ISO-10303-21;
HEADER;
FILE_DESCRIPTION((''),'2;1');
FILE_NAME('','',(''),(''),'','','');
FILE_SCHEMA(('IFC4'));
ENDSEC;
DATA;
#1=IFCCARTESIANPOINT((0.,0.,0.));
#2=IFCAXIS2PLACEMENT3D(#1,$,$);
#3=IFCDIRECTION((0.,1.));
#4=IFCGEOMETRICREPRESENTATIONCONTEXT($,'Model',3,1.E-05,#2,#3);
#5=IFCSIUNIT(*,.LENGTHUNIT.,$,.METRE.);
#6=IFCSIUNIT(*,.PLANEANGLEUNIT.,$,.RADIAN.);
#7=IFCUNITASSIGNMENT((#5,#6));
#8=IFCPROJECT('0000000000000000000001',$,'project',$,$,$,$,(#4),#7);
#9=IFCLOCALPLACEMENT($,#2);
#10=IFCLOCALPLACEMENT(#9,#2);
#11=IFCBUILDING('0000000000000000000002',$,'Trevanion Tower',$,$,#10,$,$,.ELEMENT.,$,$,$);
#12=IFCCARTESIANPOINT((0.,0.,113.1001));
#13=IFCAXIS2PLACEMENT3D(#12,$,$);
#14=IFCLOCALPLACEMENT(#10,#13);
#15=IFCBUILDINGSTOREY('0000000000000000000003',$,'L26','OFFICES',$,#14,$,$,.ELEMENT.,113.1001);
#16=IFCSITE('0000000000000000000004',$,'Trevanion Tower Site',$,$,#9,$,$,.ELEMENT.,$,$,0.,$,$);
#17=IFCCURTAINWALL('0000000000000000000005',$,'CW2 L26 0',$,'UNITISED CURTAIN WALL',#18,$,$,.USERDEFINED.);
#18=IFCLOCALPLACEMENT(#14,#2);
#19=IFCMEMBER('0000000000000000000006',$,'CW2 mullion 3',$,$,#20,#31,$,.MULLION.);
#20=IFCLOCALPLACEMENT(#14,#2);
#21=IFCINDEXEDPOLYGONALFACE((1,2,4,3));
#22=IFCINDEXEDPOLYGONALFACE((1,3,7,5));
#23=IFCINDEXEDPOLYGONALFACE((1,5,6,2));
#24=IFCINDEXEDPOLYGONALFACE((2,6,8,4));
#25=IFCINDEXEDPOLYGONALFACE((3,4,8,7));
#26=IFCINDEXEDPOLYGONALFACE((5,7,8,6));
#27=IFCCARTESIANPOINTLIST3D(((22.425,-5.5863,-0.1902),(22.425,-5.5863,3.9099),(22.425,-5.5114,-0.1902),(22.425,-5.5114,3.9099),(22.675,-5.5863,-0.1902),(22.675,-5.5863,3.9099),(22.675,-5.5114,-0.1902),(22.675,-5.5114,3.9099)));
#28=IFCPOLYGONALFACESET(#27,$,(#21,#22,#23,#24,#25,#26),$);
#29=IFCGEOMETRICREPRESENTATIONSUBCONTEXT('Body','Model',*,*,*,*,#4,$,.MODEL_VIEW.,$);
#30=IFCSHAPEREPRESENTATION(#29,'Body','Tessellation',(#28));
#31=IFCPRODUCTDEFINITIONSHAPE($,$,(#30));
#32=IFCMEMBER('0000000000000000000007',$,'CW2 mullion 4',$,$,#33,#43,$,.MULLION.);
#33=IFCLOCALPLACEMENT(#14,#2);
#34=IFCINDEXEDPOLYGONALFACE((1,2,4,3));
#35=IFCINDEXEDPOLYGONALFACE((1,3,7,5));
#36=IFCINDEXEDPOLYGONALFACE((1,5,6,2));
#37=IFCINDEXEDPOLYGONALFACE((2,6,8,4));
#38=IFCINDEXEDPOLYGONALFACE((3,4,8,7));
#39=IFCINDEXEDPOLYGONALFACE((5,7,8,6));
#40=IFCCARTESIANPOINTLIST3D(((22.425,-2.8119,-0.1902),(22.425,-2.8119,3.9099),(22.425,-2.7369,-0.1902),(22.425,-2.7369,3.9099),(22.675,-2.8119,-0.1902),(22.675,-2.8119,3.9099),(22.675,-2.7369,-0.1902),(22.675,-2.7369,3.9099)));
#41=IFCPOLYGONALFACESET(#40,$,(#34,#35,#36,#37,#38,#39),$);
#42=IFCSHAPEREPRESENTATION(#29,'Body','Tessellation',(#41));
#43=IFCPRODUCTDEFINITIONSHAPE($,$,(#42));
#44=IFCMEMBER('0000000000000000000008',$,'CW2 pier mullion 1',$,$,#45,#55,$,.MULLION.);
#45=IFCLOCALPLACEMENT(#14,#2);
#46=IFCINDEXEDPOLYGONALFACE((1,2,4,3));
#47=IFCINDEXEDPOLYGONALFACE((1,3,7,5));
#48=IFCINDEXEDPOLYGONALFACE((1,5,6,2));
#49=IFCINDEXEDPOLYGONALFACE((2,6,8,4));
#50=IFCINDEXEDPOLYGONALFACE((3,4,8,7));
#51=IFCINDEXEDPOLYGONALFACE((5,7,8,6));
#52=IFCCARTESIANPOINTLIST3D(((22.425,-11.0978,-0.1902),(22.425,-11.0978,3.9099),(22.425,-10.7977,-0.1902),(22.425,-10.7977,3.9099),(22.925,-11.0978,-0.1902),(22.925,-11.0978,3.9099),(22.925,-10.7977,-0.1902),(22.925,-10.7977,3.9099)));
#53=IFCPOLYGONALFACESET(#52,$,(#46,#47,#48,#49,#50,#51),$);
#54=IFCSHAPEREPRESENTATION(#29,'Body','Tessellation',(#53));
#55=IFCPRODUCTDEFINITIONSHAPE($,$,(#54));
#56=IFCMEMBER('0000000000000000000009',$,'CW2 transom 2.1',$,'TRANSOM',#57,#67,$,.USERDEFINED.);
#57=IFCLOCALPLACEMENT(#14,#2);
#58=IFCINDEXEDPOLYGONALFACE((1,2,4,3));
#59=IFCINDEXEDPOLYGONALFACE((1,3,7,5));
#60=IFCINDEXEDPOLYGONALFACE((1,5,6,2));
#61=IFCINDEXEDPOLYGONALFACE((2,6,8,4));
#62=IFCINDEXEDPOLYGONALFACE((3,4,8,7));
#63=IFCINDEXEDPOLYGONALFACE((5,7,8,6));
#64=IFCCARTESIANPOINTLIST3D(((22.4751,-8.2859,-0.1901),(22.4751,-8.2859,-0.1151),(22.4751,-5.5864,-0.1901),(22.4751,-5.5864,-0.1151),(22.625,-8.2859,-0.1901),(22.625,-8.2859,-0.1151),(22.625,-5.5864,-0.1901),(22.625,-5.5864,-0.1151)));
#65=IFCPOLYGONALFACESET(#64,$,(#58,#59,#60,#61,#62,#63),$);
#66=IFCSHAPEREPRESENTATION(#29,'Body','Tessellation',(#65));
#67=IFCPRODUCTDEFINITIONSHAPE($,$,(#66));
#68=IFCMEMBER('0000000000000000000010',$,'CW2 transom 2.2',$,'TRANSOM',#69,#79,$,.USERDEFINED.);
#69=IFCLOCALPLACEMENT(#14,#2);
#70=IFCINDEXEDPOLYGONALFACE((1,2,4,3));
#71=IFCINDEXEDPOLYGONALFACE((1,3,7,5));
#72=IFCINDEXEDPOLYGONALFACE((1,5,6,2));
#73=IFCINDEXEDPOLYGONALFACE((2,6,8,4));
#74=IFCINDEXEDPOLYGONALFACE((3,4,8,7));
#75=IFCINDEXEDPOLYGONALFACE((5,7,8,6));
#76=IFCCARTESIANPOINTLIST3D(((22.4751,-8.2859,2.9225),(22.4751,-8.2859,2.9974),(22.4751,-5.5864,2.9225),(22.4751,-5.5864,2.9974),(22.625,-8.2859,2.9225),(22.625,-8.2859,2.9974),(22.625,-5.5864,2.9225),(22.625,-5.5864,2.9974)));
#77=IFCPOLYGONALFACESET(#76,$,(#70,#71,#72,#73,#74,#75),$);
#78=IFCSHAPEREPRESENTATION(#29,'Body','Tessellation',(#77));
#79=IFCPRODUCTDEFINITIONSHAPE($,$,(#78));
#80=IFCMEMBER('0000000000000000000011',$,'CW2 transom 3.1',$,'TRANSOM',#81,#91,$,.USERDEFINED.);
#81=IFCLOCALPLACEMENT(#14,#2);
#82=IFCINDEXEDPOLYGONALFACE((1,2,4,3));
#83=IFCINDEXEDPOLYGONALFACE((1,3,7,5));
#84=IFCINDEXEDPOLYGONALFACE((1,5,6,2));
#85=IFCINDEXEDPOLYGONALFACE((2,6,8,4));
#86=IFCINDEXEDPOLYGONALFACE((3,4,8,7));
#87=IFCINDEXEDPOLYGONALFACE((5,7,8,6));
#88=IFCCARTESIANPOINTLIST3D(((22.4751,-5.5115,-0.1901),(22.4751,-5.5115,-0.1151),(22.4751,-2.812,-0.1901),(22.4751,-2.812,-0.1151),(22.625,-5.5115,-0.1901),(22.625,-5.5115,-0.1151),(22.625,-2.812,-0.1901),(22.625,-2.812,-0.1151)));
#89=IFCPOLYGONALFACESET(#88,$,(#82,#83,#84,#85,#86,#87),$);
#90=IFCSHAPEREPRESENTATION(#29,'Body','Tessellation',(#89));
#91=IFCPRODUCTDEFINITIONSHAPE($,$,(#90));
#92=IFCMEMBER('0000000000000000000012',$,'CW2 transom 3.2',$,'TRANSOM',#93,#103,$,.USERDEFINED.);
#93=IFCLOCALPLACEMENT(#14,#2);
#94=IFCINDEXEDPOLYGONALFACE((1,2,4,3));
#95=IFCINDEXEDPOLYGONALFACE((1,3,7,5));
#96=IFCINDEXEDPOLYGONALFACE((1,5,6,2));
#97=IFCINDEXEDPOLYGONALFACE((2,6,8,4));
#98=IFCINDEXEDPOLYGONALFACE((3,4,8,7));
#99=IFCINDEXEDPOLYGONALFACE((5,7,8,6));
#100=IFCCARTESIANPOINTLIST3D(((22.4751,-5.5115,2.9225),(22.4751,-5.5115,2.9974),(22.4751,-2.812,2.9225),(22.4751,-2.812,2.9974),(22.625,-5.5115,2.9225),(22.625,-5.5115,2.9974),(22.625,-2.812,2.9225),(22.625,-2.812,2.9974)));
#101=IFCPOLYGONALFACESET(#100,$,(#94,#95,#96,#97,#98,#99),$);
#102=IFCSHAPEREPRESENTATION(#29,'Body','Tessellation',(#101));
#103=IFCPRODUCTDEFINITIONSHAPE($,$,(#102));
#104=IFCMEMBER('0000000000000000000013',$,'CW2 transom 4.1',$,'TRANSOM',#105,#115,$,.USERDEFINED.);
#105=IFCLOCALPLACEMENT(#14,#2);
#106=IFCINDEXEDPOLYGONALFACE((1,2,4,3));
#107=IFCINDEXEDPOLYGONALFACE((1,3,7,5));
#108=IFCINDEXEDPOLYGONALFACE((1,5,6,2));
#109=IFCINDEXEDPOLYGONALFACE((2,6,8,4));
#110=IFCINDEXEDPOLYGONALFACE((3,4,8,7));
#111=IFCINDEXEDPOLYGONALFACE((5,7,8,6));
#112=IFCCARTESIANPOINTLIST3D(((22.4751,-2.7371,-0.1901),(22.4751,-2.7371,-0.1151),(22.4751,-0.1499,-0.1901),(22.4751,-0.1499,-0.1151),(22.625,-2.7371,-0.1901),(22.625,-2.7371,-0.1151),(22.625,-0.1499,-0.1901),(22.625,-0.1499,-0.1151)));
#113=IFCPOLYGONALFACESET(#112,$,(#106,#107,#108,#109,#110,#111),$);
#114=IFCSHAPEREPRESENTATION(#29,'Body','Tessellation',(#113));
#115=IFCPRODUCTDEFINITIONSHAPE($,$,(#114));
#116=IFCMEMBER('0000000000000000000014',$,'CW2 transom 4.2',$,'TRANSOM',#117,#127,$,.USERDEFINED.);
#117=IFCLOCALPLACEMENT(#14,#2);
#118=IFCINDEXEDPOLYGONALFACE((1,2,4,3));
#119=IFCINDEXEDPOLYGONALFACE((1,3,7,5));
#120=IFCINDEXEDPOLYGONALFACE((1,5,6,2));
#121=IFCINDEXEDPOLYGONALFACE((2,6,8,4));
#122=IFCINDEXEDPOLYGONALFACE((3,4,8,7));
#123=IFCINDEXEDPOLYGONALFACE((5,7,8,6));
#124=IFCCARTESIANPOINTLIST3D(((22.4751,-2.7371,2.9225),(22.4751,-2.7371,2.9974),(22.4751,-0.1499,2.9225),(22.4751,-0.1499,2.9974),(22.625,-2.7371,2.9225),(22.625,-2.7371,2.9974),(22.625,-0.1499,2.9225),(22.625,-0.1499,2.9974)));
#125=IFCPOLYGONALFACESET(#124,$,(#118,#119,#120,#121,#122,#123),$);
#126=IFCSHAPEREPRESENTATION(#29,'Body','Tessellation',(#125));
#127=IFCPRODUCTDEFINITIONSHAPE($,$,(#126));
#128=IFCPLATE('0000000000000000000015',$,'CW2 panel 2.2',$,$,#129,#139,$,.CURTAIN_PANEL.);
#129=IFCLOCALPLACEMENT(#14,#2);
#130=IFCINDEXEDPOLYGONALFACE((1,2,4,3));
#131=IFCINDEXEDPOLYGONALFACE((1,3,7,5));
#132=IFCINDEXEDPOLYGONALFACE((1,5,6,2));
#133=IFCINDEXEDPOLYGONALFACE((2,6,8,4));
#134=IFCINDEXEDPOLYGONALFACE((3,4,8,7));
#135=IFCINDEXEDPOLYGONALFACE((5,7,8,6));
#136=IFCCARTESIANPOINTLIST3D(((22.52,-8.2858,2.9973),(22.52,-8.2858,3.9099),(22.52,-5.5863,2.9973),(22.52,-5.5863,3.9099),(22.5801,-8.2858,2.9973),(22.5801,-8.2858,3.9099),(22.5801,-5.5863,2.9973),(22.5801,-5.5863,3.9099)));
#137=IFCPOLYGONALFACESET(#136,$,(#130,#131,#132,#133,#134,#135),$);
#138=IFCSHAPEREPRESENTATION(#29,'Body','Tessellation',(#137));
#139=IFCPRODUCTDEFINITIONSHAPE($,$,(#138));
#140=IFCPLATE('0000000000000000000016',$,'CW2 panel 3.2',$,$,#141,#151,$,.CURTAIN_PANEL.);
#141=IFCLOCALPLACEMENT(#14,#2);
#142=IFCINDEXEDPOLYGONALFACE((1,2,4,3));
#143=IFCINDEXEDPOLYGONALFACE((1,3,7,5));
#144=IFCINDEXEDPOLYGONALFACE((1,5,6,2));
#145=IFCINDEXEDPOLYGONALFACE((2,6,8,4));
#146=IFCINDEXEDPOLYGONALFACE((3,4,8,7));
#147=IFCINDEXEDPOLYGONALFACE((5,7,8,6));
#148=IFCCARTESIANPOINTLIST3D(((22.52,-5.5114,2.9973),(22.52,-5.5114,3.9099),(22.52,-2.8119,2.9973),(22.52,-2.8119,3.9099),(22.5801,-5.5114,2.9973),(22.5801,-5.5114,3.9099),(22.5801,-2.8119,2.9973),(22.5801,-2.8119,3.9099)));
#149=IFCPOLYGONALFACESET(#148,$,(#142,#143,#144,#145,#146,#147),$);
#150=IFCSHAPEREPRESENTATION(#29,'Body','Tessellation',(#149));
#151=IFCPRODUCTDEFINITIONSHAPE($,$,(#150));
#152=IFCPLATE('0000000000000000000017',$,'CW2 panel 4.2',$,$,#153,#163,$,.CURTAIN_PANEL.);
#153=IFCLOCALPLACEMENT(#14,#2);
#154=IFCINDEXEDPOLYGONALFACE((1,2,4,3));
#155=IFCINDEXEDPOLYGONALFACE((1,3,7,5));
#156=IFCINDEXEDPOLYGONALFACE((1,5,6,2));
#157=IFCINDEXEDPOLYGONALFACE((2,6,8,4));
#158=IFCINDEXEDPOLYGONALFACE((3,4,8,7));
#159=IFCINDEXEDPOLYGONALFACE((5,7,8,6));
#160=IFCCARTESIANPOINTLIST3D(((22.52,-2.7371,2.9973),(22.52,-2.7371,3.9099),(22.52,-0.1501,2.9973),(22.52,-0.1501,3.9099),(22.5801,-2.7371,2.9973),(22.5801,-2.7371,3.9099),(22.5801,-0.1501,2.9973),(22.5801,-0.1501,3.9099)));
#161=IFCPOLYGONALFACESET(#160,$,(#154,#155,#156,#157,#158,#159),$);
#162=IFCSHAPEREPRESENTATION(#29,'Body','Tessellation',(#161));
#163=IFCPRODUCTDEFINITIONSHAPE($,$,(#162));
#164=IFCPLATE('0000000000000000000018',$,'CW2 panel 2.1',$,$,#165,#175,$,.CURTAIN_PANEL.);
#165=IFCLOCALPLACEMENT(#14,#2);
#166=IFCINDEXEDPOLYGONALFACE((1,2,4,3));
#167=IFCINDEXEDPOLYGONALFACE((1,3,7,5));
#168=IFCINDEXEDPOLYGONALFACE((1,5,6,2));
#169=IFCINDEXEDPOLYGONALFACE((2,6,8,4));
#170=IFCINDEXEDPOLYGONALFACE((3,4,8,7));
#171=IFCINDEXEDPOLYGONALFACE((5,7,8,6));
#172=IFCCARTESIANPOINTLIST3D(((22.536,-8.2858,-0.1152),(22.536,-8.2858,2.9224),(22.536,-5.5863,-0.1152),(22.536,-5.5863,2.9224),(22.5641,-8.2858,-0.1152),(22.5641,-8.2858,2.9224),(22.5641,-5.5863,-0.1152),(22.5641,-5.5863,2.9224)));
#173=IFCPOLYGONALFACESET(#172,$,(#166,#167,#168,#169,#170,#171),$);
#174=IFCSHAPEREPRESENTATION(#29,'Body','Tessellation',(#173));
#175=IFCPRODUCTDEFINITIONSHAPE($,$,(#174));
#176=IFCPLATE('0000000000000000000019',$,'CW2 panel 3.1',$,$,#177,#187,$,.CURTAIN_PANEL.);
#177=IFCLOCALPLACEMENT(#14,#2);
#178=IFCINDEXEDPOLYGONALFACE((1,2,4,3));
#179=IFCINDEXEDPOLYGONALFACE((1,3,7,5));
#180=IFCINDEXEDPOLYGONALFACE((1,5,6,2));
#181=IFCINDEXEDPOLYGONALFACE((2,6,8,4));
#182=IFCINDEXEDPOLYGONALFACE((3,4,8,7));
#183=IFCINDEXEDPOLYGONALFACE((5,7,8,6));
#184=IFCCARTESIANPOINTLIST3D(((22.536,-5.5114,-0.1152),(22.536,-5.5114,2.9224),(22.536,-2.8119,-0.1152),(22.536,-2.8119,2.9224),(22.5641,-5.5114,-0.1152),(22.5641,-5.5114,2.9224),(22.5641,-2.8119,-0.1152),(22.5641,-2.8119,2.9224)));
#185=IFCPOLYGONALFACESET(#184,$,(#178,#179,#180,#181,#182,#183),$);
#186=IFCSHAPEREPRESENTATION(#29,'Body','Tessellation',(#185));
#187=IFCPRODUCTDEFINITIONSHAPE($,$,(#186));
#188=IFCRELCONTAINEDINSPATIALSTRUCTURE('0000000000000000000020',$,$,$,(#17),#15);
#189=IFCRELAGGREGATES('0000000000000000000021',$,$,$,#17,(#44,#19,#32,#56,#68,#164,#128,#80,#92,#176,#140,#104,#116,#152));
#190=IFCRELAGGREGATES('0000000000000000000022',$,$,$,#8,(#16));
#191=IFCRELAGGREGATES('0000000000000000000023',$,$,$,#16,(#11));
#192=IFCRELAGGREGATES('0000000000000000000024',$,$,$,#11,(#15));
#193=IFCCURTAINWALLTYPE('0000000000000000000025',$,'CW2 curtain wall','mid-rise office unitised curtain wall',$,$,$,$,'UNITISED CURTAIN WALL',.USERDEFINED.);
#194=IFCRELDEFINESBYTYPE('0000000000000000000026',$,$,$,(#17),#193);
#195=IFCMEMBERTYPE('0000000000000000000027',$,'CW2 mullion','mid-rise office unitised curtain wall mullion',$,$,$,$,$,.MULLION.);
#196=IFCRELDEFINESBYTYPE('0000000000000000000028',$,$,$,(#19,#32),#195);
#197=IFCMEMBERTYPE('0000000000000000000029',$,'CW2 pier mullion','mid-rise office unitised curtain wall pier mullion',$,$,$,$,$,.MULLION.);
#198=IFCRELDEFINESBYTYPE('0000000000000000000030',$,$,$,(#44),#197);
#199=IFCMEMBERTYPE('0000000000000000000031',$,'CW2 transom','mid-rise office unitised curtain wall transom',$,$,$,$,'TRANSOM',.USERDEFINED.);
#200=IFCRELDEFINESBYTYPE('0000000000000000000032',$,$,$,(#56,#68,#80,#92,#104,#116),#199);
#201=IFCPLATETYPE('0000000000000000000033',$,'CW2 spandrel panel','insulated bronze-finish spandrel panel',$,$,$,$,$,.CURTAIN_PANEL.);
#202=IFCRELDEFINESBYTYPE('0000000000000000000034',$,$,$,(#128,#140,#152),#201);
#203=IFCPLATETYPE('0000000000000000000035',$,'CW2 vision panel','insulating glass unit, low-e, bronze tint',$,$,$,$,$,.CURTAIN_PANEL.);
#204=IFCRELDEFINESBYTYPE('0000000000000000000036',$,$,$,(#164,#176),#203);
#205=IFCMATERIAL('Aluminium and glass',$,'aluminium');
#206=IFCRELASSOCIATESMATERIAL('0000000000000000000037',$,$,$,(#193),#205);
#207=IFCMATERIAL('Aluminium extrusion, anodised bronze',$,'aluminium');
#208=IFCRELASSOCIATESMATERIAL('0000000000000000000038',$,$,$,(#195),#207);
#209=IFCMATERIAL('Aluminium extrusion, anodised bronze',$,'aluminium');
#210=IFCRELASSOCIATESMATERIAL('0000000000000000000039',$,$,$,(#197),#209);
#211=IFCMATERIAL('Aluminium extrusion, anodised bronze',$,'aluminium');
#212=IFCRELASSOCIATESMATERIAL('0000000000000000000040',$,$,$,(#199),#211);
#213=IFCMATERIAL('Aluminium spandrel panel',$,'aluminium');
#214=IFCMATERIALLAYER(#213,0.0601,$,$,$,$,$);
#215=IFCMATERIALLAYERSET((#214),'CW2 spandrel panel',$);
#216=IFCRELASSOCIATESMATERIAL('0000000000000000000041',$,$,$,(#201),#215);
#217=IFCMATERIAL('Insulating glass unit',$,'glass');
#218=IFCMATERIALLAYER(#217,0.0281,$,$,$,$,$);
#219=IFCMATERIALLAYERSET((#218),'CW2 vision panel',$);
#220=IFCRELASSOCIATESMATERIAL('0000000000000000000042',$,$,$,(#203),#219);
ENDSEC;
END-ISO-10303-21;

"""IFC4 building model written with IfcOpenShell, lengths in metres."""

from ifc_helpers import new_model, si_unit, direction, frame, origin, origin_2d, place, context, subcontext, project, spatial, rectangle, extrude, material, layer, layer_set, material_profile, profile_set, type_object, element, aggregate, save


model = new_model("IFC4")

# Units and contexts
model_context = context("Model", 3, precision=1e-05, world=origin(), true_north=direction((0.0, 1.0)))
body_context = subcontext(model_context, "Body", "Model", "MODEL_VIEW")
ifc_project = project(units=[si_unit("LENGTHUNIT", "METRE"), si_unit("PLANEANGLEUNIT", "RADIAN")], contexts=[model_context])

# Site, building, storey
site_placement = place(None, origin())
site = spatial("IfcSite", under=ifc_project, at=site_placement, Name="Trevanion Tower Site", CompositionType="ELEMENT", RefElevation=0.0)
building_placement = place(site_placement, origin())
building = spatial("IfcBuilding", under=site, at=building_placement, Name="Trevanion Tower", CompositionType="ELEMENT")
storey_placement = place(building_placement, frame((0.0, 0.0, 113.1001)))
storey = spatial("IfcBuildingStorey", under=building, at=storey_placement, Name="L26", Description="OFFICES", CompositionType="ELEMENT", Elevation=113.1001)

# Curtain wall, members, plates
ifc_material_1 = material(Name="Aluminium and glass", Category="aluminium")
curtain_wall_type = type_object("IfcCurtainWallType", Name="CW2 curtain wall", Description="mid-rise office unitised curtain wall", ElementType="UNITISED CURTAIN WALL", PredefinedType="USERDEFINED", material=ifc_material_1)
curtain_wall_placement = place(storey_placement, origin())
curtain_wall = element("IfcCurtainWall", 1, at=curtain_wall_placement, inside=storey, type_object=curtain_wall_type, Name="CW2 L26 0", ObjectType="UNITISED CURTAIN WALL", PredefinedType="USERDEFINED")
ifc_material_2 = material(Name="Aluminium extrusion, anodised bronze", Category="aluminium")
ifc_material_profile_1 = material_profile(ifc_material_2, rectangle(XDim=0.075, YDim=0.25, at=origin_2d()), Name="CW2 mullion")
ifc_profile_set_1 = profile_set([ifc_material_profile_1], Name="Aluminium extrusion, anodised bronze")
member_type_1 = type_object("IfcMemberType", Name="CW2 mullion", Description="mid-rise office unitised curtain wall mullion", PredefinedType="MULLION", material=ifc_profile_set_1)
member_1_placement = place(storey_placement, frame((22.55, -5.5488, -0.1902), z_axis=(0.0, 0.0, 1.0), x_axis=(0.0, 1.0, 0.0)))
member_1 = element("IfcMember", 2, at=member_1_placement, type_object=member_type_1, Name="CW2 mullion 3", PredefinedType="MULLION", context=body_context, shape_type="SweptSolid", body=[
    extrude(rectangle(XDim=0.075, YDim=0.25, at=origin_2d()), origin(), (0.0, 0.0, 1.0), 4.1001),
])
member_2_placement = place(storey_placement, frame((22.55, -2.7744, -0.1902), z_axis=(0.0, 0.0, 1.0), x_axis=(0.0, 1.0, 0.0)))
member_2 = element("IfcMember", 3, at=member_2_placement, type_object=member_type_1, Name="CW2 mullion 4", PredefinedType="MULLION", context=body_context, shape_type="SweptSolid", body=[
    extrude(rectangle(XDim=0.075, YDim=0.25, at=origin_2d()), origin(), (0.0, 0.0, 1.0), 4.1001),
])
ifc_material_3 = material(Name="Aluminium extrusion, anodised bronze", Category="aluminium")
ifc_material_profile_2 = material_profile(ifc_material_3, rectangle(XDim=0.3, YDim=0.5, at=origin_2d()), Name="CW2 pier mullion")
ifc_profile_set_2 = profile_set([ifc_material_profile_2], Name="Aluminium extrusion, anodised bronze")
member_type_2 = type_object("IfcMemberType", Name="CW2 pier mullion", Description="mid-rise office unitised curtain wall pier mullion", PredefinedType="MULLION", material=ifc_profile_set_2)
member_3_placement = place(storey_placement, frame((22.675, -10.9478, -0.1902), z_axis=(0.0, 0.0, 1.0), x_axis=(0.0, 1.0, 0.0)))
member_3 = element("IfcMember", 4, at=member_3_placement, type_object=member_type_2, Name="CW2 pier mullion 1", PredefinedType="MULLION", context=body_context, shape_type="SweptSolid", body=[
    extrude(rectangle(XDim=0.3, YDim=0.5, at=origin_2d()), origin(), (0.0, 0.0, 1.0), 4.1001),
])
ifc_material_4 = material(Name="Aluminium extrusion, anodised bronze", Category="aluminium")
ifc_material_profile_3 = material_profile(ifc_material_4, rectangle(XDim=0.1499, YDim=0.075, at=origin_2d()), Name="CW2 transom")
ifc_profile_set_3 = profile_set([ifc_material_profile_3], Name="Aluminium extrusion, anodised bronze")
member_type_3 = type_object("IfcMemberType", Name="CW2 transom", Description="mid-rise office unitised curtain wall transom", ElementType="TRANSOM", PredefinedType="USERDEFINED", material=ifc_profile_set_3)
member_4_placement = place(storey_placement, frame((22.55, -8.2859, -0.1526), z_axis=(0.0, 1.0, 0.0), x_axis=(-1.0, 0.0, 0.0)))
member_4 = element("IfcMember", 5, at=member_4_placement, type_object=member_type_3, Name="CW2 transom 2.1", ObjectType="TRANSOM", PredefinedType="USERDEFINED", context=body_context, shape_type="SweptSolid", body=[
    extrude(rectangle(XDim=0.1499, YDim=0.075, at=origin_2d()), origin(), (0.0, 0.0, 1.0), 2.6995),
])
member_5_placement = place(storey_placement, frame((22.55, -8.2859, 2.96), z_axis=(0.0, 1.0, 0.0), x_axis=(-1.0, 0.0, 0.0)))
member_5 = element("IfcMember", 6, at=member_5_placement, type_object=member_type_3, Name="CW2 transom 2.2", ObjectType="TRANSOM", PredefinedType="USERDEFINED", context=body_context, shape_type="SweptSolid", body=[
    extrude(rectangle(XDim=0.1499, YDim=0.075, at=origin_2d()), origin(), (0.0, 0.0, 1.0), 2.6995),
])
member_6_placement = place(storey_placement, frame((22.55, -5.5115, -0.1526), z_axis=(0.0, 1.0, 0.0), x_axis=(-1.0, 0.0, 0.0)))
member_6 = element("IfcMember", 7, at=member_6_placement, type_object=member_type_3, Name="CW2 transom 3.1", ObjectType="TRANSOM", PredefinedType="USERDEFINED", context=body_context, shape_type="SweptSolid", body=[
    extrude(rectangle(XDim=0.1499, YDim=0.075, at=origin_2d()), origin(), (0.0, 0.0, 1.0), 2.6995),
])
member_7_placement = place(storey_placement, frame((22.55, -5.5115, 2.96), z_axis=(0.0, 1.0, 0.0), x_axis=(-1.0, 0.0, 0.0)))
member_7 = element("IfcMember", 8, at=member_7_placement, type_object=member_type_3, Name="CW2 transom 3.2", ObjectType="TRANSOM", PredefinedType="USERDEFINED", context=body_context, shape_type="SweptSolid", body=[
    extrude(rectangle(XDim=0.1499, YDim=0.075, at=origin_2d()), origin(), (0.0, 0.0, 1.0), 2.6995),
])
member_8_placement = place(storey_placement, frame((22.55, -2.7371, -0.1526), z_axis=(0.0, 1.0, 0.0), x_axis=(-1.0, 0.0, 0.0)))
member_8 = element("IfcMember", 9, at=member_8_placement, type_object=member_type_3, Name="CW2 transom 4.1", ObjectType="TRANSOM", PredefinedType="USERDEFINED", context=body_context, shape_type="SweptSolid", body=[
    extrude(rectangle(XDim=0.1499, YDim=0.075, at=origin_2d()), origin(), (0.0, 0.0, 1.0), 2.5872),
])
member_9_placement = place(storey_placement, frame((22.55, -2.7371, 2.96), z_axis=(0.0, 1.0, 0.0), x_axis=(-1.0, 0.0, 0.0)))
member_9 = element("IfcMember", 10, at=member_9_placement, type_object=member_type_3, Name="CW2 transom 4.2", ObjectType="TRANSOM", PredefinedType="USERDEFINED", context=body_context, shape_type="SweptSolid", body=[
    extrude(rectangle(XDim=0.1499, YDim=0.075, at=origin_2d()), origin(), (0.0, 0.0, 1.0), 2.5872),
])
ifc_material_5 = material(Name="Aluminium spandrel panel", Category="aluminium")
ifc_layer_1 = layer(ifc_material_5, 0.0601)
ifc_layer_set_1 = layer_set([ifc_layer_1], Name="CW2 spandrel panel")
plate_type_1 = type_object("IfcPlateType", Name="CW2 spandrel panel", Description="insulated bronze-finish spandrel panel", PredefinedType="CURTAIN_PANEL", material=ifc_layer_set_1)
plate_1_placement = place(storey_placement, frame((22.55, -6.936, 2.9973), z_axis=(0.0, 0.0, 1.0), x_axis=(0.0, 1.0, 0.0)))
plate_1 = element("IfcPlate", 11, at=plate_1_placement, type_object=plate_type_1, Name="CW2 panel 2.2", PredefinedType="CURTAIN_PANEL", context=body_context, shape_type="SweptSolid", body=[
    extrude(rectangle(XDim=2.6995, YDim=0.0601, at=origin_2d()), origin(), (0.0, 0.0, 1.0), 0.9126),
])
plate_2_placement = place(storey_placement, frame((22.55, -4.1616, 2.9973), z_axis=(0.0, 0.0, 1.0), x_axis=(0.0, 1.0, 0.0)))
plate_2 = element("IfcPlate", 12, at=plate_2_placement, type_object=plate_type_1, Name="CW2 panel 3.2", PredefinedType="CURTAIN_PANEL", context=body_context, shape_type="SweptSolid", body=[
    extrude(rectangle(XDim=2.6995, YDim=0.0601, at=origin_2d()), origin(), (0.0, 0.0, 1.0), 0.9126),
])
plate_3_placement = place(storey_placement, frame((22.55, -1.4436, 2.9973), z_axis=(0.0, 0.0, 1.0), x_axis=(0.0, 1.0, 0.0)))
plate_3 = element("IfcPlate", 13, at=plate_3_placement, type_object=plate_type_1, Name="CW2 panel 4.2", PredefinedType="CURTAIN_PANEL", context=body_context, shape_type="SweptSolid", body=[
    extrude(rectangle(XDim=2.5869, YDim=0.0601, at=origin_2d()), origin(), (0.0, 0.0, 1.0), 0.9126),
])
ifc_material_6 = material(Name="Insulating glass unit", Category="glass")
ifc_layer_2 = layer(ifc_material_6, 0.0281)
ifc_layer_set_2 = layer_set([ifc_layer_2], Name="CW2 vision panel")
plate_type_2 = type_object("IfcPlateType", Name="CW2 vision panel", Description="insulating glass unit, low-e, bronze tint", PredefinedType="CURTAIN_PANEL", material=ifc_layer_set_2)
plate_4_placement = place(storey_placement, frame((22.55, -6.936, -0.1152), z_axis=(0.0, 0.0, 1.0), x_axis=(0.0, 1.0, 0.0)))
plate_4 = element("IfcPlate", 14, at=plate_4_placement, type_object=plate_type_2, Name="CW2 panel 2.1", PredefinedType="CURTAIN_PANEL", context=body_context, shape_type="SweptSolid", body=[
    extrude(rectangle(XDim=2.6995, YDim=0.0281, at=origin_2d()), origin(), (0.0, 0.0, 1.0), 3.0376),
])
plate_5_placement = place(storey_placement, frame((22.55, -4.1616, -0.1152), z_axis=(0.0, 0.0, 1.0), x_axis=(0.0, 1.0, 0.0)))
plate_5 = element("IfcPlate", 15, at=plate_5_placement, type_object=plate_type_2, Name="CW2 panel 3.1", PredefinedType="CURTAIN_PANEL", context=body_context, shape_type="SweptSolid", body=[
    extrude(rectangle(XDim=2.6995, YDim=0.0281, at=origin_2d()), origin(), (0.0, 0.0, 1.0), 3.0376),
])
aggregate(curtain_wall, [member_3, member_1, member_2, member_4, member_5, plate_4, plate_1, member_6, member_7, plate_5, plate_2, member_8, member_9, plate_3])

save(model, "model.ifc")
